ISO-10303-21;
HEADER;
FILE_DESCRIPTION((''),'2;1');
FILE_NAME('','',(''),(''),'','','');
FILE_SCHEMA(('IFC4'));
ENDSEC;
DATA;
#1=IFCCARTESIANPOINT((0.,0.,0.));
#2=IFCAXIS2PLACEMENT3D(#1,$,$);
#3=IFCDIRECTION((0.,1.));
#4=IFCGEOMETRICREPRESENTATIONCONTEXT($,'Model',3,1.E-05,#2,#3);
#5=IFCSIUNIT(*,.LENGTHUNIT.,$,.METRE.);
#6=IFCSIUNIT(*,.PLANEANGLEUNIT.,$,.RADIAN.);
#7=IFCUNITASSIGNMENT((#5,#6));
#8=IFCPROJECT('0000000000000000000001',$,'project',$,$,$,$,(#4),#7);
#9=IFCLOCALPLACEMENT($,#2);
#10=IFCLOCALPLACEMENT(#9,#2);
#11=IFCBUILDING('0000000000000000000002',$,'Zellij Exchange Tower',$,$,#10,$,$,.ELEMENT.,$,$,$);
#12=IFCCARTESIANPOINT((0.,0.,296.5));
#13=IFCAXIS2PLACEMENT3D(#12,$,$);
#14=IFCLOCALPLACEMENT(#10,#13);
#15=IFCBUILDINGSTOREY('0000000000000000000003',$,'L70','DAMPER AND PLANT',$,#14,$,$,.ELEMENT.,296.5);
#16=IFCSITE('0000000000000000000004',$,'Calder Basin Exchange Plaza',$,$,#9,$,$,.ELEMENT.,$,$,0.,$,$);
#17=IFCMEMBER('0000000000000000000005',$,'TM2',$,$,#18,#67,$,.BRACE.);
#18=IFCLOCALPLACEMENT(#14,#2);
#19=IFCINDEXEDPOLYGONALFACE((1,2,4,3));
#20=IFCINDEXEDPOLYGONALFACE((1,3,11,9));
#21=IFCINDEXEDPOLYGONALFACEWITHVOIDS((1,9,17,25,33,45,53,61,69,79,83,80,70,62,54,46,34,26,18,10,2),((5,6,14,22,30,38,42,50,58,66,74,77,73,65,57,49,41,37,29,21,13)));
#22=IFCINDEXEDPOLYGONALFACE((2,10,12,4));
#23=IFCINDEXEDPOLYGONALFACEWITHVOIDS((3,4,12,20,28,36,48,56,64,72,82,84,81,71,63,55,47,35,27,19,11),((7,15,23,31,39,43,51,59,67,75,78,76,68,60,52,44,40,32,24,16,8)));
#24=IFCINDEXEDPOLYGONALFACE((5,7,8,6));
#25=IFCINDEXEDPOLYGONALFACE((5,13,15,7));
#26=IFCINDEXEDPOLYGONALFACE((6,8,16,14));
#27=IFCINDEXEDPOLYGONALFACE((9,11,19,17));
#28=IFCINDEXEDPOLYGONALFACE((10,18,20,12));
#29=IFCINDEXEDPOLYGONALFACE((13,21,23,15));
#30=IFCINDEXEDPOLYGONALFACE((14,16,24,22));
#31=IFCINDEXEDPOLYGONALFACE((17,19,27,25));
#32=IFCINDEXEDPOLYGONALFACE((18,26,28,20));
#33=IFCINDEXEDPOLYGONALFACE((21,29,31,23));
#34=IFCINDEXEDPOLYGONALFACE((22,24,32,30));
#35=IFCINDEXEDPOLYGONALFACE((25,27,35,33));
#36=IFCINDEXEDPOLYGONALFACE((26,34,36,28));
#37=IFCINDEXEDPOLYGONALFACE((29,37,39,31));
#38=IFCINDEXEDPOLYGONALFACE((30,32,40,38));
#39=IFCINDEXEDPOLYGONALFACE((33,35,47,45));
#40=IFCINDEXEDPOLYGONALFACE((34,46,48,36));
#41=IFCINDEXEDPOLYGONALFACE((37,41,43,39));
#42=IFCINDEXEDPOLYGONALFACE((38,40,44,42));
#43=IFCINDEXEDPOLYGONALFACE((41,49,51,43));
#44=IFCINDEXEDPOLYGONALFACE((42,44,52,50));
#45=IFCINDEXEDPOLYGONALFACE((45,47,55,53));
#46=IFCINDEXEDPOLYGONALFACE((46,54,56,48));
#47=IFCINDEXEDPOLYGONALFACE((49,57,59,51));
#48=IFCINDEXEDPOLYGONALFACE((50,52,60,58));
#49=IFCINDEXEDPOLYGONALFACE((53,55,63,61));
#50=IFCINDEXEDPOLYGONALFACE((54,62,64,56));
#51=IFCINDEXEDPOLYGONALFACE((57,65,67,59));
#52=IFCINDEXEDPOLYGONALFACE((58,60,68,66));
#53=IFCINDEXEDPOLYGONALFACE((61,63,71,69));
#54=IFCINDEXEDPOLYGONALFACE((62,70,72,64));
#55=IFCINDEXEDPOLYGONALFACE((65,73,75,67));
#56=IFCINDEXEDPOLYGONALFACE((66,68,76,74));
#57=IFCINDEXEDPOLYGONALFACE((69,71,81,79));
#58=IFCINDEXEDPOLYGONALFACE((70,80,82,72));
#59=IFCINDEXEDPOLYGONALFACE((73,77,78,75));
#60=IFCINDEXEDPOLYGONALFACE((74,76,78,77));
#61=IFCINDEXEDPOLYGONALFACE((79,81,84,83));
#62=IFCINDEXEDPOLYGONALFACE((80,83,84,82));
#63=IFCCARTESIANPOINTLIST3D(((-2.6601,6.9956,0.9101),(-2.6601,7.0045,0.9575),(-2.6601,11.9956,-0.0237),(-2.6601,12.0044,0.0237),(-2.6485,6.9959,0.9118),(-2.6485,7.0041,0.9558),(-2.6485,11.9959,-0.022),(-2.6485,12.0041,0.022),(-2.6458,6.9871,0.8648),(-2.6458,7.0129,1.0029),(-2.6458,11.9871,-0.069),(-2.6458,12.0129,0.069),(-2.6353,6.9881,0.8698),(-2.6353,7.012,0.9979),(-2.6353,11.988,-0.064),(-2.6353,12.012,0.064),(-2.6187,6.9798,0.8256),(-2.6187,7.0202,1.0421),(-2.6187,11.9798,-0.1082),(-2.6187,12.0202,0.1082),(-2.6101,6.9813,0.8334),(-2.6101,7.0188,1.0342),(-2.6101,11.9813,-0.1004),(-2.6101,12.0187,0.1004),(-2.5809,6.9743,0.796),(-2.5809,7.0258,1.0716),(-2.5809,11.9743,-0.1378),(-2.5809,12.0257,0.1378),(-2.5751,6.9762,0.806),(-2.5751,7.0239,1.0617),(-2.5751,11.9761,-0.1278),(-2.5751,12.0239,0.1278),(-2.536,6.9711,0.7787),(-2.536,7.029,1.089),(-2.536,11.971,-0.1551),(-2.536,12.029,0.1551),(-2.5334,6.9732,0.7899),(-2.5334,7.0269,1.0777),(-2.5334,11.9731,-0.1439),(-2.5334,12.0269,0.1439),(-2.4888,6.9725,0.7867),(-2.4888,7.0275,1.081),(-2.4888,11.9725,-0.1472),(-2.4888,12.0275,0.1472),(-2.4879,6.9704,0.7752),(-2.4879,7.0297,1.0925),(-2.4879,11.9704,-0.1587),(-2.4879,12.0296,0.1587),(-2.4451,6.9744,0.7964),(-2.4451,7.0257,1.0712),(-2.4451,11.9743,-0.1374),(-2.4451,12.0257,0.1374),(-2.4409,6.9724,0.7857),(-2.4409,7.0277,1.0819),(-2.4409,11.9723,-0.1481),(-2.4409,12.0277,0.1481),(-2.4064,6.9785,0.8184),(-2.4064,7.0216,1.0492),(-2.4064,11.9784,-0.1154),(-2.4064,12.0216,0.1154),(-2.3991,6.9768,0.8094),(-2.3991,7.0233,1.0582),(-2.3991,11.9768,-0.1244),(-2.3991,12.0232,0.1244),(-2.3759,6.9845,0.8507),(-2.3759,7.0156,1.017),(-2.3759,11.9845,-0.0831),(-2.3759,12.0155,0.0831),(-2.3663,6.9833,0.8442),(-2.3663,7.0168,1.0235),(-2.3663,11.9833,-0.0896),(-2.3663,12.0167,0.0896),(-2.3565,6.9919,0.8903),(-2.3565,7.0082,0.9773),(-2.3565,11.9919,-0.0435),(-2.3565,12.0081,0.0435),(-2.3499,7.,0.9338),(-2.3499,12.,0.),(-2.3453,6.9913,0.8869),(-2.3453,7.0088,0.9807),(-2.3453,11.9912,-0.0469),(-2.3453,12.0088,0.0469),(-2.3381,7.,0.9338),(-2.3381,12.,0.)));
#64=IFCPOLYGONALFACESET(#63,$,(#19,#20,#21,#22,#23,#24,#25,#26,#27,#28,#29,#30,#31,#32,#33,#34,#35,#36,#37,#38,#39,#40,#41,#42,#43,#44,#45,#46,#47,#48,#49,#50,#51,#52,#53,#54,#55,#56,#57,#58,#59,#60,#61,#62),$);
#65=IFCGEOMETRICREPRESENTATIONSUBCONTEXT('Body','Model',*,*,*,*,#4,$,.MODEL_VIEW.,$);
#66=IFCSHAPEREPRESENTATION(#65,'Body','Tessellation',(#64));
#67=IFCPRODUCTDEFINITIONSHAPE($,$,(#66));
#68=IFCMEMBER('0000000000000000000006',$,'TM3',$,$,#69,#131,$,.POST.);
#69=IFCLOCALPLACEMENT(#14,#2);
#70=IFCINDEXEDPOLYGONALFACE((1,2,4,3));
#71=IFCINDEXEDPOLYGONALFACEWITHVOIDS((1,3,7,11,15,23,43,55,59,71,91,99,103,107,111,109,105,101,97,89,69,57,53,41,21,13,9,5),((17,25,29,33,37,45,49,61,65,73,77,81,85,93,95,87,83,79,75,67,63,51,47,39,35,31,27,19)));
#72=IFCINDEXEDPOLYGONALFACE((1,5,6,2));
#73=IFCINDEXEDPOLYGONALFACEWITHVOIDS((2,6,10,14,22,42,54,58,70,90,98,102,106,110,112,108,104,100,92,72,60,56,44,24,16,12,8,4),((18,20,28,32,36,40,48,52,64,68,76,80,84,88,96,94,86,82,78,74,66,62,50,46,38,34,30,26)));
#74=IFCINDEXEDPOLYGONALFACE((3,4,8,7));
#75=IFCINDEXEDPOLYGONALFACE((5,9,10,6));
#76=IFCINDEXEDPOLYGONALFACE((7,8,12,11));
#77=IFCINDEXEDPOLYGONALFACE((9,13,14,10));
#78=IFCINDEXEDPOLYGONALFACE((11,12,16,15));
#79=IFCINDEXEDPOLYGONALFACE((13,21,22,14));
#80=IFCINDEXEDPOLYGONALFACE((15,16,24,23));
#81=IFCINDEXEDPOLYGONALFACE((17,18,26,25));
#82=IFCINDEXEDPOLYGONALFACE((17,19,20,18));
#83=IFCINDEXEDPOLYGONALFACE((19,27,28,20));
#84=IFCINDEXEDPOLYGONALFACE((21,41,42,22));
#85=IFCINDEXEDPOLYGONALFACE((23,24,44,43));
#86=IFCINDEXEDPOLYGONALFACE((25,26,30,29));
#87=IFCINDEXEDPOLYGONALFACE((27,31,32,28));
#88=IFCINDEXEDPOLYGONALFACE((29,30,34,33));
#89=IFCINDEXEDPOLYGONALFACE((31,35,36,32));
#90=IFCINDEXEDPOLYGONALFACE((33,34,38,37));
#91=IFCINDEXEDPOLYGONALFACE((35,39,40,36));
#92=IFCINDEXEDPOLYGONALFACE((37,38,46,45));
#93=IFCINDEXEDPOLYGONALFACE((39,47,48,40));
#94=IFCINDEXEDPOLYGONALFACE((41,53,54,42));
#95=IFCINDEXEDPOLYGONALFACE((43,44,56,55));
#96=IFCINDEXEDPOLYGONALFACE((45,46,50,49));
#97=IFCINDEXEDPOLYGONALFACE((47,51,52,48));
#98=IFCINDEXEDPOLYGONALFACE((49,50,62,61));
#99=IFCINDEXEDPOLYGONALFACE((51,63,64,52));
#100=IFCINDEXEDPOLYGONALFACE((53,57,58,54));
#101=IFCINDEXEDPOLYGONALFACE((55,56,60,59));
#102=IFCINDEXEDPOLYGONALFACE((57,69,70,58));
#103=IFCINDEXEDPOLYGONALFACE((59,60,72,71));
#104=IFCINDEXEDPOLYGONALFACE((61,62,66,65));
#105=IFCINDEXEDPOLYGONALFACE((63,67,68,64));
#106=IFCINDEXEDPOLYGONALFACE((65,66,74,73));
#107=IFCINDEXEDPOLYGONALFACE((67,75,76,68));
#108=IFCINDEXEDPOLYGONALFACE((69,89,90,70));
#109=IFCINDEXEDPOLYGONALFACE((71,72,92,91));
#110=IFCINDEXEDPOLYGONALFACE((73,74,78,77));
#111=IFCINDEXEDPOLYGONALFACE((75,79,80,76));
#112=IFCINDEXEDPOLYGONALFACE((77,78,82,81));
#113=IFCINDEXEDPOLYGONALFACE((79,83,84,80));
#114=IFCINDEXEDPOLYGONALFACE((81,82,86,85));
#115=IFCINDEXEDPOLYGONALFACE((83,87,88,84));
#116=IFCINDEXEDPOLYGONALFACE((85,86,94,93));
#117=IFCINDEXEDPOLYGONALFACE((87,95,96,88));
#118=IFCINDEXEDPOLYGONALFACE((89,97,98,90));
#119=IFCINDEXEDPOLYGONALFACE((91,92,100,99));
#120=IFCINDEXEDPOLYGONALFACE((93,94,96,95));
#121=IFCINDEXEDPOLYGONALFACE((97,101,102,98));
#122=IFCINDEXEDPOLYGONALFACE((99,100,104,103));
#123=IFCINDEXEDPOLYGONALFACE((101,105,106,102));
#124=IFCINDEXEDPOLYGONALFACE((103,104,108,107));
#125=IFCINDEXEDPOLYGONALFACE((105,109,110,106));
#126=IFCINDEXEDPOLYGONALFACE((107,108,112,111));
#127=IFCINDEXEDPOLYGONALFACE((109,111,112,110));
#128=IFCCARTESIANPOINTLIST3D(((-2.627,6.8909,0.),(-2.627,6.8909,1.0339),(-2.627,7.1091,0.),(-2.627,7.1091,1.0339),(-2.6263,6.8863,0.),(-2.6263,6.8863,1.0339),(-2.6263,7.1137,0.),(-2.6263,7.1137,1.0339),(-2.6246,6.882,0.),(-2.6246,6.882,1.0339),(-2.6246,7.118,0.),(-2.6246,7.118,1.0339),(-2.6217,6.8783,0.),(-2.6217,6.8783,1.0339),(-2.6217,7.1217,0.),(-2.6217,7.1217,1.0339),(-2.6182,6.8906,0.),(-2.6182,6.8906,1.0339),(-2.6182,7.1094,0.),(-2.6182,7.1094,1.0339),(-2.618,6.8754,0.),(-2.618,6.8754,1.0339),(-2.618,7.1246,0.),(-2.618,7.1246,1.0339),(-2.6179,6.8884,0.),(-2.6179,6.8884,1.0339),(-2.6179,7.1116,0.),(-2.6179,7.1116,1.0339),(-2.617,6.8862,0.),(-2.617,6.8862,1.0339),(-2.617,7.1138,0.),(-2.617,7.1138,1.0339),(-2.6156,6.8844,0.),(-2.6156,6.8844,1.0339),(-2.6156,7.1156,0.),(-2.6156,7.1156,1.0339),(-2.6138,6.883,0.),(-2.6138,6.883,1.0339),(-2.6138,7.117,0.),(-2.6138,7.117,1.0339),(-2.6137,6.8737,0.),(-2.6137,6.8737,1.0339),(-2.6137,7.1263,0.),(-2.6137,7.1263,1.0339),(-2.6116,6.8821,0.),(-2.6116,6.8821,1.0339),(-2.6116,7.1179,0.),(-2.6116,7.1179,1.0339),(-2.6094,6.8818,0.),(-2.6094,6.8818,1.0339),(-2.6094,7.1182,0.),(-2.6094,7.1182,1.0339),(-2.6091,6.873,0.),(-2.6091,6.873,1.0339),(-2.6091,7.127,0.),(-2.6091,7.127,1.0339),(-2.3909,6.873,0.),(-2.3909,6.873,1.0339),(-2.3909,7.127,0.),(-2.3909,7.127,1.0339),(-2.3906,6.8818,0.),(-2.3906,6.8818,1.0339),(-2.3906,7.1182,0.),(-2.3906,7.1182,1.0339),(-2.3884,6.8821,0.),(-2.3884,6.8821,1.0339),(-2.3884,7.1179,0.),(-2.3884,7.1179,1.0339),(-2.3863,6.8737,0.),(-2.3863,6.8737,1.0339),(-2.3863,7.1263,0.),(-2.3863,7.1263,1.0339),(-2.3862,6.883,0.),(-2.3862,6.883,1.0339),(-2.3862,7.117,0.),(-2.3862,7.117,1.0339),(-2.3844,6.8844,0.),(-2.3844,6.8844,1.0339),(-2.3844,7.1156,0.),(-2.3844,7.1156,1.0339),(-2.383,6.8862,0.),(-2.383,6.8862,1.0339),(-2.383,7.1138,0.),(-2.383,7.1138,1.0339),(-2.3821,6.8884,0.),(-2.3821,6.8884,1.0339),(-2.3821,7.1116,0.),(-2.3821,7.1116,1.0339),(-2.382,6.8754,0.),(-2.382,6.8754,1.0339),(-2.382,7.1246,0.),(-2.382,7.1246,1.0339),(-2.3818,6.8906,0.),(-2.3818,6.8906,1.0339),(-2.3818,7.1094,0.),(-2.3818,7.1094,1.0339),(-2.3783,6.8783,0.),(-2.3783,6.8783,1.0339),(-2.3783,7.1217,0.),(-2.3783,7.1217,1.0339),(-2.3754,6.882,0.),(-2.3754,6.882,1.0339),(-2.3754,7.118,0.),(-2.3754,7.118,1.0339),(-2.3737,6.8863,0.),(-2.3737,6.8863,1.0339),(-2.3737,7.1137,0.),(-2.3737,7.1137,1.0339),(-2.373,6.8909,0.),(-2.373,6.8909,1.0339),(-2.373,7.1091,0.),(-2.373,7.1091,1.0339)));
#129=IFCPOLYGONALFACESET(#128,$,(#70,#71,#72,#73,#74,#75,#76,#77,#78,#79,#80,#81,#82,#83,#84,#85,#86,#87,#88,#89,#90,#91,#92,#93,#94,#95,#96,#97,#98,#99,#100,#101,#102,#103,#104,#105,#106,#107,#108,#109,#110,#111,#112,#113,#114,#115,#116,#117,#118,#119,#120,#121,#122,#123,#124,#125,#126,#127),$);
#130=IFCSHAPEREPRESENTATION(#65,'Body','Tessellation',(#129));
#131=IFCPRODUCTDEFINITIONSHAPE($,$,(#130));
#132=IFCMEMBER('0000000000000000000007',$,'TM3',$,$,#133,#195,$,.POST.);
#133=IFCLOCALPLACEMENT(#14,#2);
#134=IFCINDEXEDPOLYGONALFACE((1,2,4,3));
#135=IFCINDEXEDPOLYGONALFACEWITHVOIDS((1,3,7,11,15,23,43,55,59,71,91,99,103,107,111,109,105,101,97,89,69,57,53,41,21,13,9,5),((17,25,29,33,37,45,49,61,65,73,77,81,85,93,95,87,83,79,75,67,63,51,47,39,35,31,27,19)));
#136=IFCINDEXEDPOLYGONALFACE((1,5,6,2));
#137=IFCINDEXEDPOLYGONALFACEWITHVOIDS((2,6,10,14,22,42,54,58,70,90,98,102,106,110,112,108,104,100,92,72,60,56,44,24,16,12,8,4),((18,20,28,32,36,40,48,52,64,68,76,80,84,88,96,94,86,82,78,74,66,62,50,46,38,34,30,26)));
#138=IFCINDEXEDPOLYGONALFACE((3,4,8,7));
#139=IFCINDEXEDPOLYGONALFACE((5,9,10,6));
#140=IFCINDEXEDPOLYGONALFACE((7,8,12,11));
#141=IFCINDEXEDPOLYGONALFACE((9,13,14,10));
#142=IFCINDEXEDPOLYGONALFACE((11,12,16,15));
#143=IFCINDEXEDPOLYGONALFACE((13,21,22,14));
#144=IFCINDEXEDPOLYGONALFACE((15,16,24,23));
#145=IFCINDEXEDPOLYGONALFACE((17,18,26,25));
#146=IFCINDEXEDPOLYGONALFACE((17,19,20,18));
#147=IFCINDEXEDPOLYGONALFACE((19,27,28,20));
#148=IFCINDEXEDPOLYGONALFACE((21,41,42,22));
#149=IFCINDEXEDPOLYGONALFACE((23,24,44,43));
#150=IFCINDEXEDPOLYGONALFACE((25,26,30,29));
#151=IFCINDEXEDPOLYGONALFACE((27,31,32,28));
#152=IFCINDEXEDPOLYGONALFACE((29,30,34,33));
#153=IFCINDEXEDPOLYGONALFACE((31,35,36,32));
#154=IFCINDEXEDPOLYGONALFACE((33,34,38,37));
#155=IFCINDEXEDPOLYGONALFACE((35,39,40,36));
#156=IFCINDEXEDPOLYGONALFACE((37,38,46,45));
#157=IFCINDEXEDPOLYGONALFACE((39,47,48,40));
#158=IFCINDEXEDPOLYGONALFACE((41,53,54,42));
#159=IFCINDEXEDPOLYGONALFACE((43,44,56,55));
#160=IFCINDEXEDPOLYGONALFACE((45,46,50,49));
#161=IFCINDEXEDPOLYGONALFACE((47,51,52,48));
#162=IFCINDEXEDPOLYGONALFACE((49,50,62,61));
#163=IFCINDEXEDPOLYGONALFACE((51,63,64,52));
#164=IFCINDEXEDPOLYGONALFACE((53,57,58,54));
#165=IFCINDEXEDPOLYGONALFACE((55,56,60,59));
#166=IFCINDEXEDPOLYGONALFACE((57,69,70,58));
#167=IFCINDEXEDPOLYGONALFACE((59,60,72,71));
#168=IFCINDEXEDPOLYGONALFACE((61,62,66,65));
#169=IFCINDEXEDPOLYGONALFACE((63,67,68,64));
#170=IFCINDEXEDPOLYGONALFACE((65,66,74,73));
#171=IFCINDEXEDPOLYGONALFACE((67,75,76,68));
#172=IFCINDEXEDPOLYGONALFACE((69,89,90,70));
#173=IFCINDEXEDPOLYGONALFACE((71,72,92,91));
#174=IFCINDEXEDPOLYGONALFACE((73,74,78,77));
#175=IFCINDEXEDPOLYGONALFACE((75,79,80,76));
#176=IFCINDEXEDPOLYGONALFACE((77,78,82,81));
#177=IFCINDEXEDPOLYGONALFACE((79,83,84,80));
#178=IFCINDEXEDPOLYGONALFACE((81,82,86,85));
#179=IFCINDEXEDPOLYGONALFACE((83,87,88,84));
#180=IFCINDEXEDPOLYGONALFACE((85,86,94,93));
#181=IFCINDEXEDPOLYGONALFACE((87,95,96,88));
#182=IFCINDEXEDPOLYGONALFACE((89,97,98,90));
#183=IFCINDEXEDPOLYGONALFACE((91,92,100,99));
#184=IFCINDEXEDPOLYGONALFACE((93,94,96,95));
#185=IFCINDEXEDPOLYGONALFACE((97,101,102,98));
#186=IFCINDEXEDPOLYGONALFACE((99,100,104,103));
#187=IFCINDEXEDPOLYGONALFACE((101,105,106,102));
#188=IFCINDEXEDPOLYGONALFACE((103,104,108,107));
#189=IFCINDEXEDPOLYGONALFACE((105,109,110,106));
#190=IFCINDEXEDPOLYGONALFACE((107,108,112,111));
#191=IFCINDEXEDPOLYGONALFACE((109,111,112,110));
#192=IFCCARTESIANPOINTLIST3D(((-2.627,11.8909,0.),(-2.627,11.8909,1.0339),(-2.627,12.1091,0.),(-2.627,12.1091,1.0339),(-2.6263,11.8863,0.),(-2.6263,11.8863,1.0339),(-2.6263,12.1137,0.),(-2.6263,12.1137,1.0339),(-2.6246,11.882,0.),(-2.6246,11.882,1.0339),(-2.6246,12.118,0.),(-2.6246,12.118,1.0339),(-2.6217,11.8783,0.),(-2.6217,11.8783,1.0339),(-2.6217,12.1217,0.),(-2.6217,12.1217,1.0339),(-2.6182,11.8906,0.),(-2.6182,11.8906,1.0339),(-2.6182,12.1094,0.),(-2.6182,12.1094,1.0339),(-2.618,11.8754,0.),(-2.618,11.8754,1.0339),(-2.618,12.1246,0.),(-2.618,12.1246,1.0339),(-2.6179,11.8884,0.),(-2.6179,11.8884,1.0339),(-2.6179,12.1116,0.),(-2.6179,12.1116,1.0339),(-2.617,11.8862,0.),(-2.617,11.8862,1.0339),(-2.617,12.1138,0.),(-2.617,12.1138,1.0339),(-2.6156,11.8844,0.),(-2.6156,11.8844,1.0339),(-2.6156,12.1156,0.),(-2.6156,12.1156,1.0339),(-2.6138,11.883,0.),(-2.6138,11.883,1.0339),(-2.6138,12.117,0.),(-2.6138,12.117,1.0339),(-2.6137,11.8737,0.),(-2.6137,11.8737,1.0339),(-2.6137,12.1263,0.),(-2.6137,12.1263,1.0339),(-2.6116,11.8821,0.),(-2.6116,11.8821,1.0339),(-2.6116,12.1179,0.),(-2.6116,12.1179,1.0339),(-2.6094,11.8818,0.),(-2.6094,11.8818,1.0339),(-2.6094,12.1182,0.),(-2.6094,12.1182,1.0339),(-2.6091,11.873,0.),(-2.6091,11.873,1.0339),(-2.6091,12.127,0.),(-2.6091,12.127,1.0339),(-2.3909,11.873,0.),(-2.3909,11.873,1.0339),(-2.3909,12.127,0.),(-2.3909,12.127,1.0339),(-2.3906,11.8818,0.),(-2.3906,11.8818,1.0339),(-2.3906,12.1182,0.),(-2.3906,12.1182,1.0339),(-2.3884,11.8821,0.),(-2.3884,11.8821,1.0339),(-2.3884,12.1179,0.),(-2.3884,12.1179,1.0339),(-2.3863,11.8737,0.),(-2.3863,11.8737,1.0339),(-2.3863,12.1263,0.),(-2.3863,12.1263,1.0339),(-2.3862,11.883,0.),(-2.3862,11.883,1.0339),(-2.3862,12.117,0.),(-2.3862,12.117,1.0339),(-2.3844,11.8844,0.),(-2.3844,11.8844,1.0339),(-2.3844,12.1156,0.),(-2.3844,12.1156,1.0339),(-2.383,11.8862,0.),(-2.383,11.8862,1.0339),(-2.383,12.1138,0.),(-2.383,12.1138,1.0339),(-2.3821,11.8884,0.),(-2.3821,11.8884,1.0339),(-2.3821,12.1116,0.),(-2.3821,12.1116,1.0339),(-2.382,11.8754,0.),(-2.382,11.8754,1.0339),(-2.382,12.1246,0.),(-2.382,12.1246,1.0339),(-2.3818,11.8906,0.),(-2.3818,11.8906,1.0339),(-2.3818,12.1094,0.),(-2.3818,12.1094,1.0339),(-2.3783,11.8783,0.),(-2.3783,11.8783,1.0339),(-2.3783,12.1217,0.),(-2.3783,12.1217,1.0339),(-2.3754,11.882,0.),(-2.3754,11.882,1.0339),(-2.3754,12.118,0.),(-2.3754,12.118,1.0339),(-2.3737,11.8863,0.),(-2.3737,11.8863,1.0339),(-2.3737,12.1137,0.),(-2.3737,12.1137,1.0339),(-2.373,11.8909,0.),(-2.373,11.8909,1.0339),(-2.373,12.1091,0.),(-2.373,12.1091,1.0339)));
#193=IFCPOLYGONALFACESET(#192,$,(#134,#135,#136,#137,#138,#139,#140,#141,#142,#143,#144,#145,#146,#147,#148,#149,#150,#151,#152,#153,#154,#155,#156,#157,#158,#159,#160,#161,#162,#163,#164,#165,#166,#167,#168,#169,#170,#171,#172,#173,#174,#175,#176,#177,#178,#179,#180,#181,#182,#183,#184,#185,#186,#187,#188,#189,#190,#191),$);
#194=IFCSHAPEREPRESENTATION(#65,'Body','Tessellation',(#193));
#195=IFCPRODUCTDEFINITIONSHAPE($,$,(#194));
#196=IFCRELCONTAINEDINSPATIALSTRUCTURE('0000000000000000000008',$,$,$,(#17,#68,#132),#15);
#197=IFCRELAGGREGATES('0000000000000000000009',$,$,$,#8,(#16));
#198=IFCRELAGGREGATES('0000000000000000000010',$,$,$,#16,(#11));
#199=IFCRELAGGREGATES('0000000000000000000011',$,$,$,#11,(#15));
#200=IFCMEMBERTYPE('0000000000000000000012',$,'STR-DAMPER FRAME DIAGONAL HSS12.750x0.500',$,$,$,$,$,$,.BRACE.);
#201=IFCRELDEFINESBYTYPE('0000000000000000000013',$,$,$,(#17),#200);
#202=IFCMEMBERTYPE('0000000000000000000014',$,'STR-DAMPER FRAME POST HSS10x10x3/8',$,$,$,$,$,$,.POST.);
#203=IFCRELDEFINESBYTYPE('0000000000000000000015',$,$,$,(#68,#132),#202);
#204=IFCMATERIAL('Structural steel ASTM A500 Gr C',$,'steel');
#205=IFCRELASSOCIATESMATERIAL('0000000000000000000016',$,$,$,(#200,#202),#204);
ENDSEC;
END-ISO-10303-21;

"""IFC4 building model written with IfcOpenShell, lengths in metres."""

from ifc_helpers import new_model, si_unit, direction, frame, origin, origin_2d, place, context, subcontext, project, spatial, hollow_rectangle, hollow_circle, extrude, material, material_profile, profile_set, type_object, element, save


model = new_model("IFC4")

# Units and contexts
model_context = context("Model", 3, precision=1e-05, world=origin(), true_north=direction((0.0, 1.0)))
body_context = subcontext(model_context, "Body", "Model", "MODEL_VIEW")
ifc_project = project(units=[si_unit("LENGTHUNIT", "METRE"), si_unit("PLANEANGLEUNIT", "RADIAN")], contexts=[model_context])

# Site, building, storey
site_placement = place(None, origin())
site = spatial("IfcSite", under=ifc_project, at=site_placement, Name="Calder Basin Exchange Plaza", CompositionType="ELEMENT", RefElevation=0.0)
building_placement = place(site_placement, origin())
building = spatial("IfcBuilding", under=site, at=building_placement, Name="Zellij Exchange Tower", CompositionType="ELEMENT")
storey_placement = place(building_placement, frame((0.0, 0.0, 296.5)))
storey = spatial("IfcBuildingStorey", under=building, at=storey_placement, Name="L70", Description="DAMPER AND PLANT", CompositionType="ELEMENT", Elevation=296.5)

# Members
ifc_material_1 = material(Name="Structural steel ASTM A500 Gr C", Category="steel")
ifc_material_profile_1 = material_profile(ifc_material_1, hollow_circle(Radius=0.1619, WallThickness=0.0117, at=origin_2d()), Name="STR-DAMPER FRAME DIAGONAL HSS12.750x0.500")
ifc_profile_set_1 = profile_set([ifc_material_profile_1], Name="Structural steel ASTM A500 Gr C")
member_type_1 = type_object("IfcMemberType", Name="STR-DAMPER FRAME DIAGONAL HSS12.750x0.500", PredefinedType="BRACE", material=ifc_profile_set_1)
for number, where, z_axis, x_axis, name in (
    (1, (-2.5, 12.0, 0.0), (0.0, -0.983002, 0.183593), (1.0, 0.0, 0.0), "TM2"),
):
    element("IfcMember", number, at=place(storey_placement, frame(where, z_axis=z_axis, x_axis=x_axis)), inside=storey, type_object=member_type_1, Name=name, PredefinedType="BRACE", context=body_context, shape_type="SweptSolid", body=[
        extrude(hollow_circle(Radius=0.1619, WallThickness=0.0117, at=origin_2d()), origin(), (0.0, 0.0, 1.0), 5.0864),
    ])
ifc_material_profile_2 = material_profile(ifc_material_1, hollow_rectangle(XDim=0.2539, YDim=0.2539, WallThickness=0.0088, InnerFilletRadius=0.0088, OuterFilletRadius=0.0178, at=origin_2d()), Name="STR-DAMPER FRAME POST HSS10x10x3/8")
ifc_profile_set_2 = profile_set([ifc_material_profile_2], Name="Structural steel ASTM A500 Gr C")
member_type_2 = type_object("IfcMemberType", Name="STR-DAMPER FRAME POST HSS10x10x3/8", PredefinedType="POST", material=ifc_profile_set_2)
for number, where, z_axis, x_axis, name in (
    (2, (-2.5, 7.0, 0.0), (0.0, 0.0, 1.0), (1.0, 0.0, 0.0), "TM3"),
    (3, (-2.5, 12.0, 0.0), (0.0, 0.0, 1.0), (1.0, 0.0, 0.0), "TM3"),
):
    element("IfcMember", number, at=place(storey_placement, frame(where, z_axis=z_axis, x_axis=x_axis)), inside=storey, type_object=member_type_2, Name=name, PredefinedType="POST", context=body_context, shape_type="SweptSolid", body=[
        extrude(hollow_rectangle(XDim=0.2539, YDim=0.2539, WallThickness=0.0088, InnerFilletRadius=0.0088, OuterFilletRadius=0.0178, at=origin_2d()), origin(), (0.0, 0.0, 1.0), 1.0339),
    ])

save(model, "model.ifc")
